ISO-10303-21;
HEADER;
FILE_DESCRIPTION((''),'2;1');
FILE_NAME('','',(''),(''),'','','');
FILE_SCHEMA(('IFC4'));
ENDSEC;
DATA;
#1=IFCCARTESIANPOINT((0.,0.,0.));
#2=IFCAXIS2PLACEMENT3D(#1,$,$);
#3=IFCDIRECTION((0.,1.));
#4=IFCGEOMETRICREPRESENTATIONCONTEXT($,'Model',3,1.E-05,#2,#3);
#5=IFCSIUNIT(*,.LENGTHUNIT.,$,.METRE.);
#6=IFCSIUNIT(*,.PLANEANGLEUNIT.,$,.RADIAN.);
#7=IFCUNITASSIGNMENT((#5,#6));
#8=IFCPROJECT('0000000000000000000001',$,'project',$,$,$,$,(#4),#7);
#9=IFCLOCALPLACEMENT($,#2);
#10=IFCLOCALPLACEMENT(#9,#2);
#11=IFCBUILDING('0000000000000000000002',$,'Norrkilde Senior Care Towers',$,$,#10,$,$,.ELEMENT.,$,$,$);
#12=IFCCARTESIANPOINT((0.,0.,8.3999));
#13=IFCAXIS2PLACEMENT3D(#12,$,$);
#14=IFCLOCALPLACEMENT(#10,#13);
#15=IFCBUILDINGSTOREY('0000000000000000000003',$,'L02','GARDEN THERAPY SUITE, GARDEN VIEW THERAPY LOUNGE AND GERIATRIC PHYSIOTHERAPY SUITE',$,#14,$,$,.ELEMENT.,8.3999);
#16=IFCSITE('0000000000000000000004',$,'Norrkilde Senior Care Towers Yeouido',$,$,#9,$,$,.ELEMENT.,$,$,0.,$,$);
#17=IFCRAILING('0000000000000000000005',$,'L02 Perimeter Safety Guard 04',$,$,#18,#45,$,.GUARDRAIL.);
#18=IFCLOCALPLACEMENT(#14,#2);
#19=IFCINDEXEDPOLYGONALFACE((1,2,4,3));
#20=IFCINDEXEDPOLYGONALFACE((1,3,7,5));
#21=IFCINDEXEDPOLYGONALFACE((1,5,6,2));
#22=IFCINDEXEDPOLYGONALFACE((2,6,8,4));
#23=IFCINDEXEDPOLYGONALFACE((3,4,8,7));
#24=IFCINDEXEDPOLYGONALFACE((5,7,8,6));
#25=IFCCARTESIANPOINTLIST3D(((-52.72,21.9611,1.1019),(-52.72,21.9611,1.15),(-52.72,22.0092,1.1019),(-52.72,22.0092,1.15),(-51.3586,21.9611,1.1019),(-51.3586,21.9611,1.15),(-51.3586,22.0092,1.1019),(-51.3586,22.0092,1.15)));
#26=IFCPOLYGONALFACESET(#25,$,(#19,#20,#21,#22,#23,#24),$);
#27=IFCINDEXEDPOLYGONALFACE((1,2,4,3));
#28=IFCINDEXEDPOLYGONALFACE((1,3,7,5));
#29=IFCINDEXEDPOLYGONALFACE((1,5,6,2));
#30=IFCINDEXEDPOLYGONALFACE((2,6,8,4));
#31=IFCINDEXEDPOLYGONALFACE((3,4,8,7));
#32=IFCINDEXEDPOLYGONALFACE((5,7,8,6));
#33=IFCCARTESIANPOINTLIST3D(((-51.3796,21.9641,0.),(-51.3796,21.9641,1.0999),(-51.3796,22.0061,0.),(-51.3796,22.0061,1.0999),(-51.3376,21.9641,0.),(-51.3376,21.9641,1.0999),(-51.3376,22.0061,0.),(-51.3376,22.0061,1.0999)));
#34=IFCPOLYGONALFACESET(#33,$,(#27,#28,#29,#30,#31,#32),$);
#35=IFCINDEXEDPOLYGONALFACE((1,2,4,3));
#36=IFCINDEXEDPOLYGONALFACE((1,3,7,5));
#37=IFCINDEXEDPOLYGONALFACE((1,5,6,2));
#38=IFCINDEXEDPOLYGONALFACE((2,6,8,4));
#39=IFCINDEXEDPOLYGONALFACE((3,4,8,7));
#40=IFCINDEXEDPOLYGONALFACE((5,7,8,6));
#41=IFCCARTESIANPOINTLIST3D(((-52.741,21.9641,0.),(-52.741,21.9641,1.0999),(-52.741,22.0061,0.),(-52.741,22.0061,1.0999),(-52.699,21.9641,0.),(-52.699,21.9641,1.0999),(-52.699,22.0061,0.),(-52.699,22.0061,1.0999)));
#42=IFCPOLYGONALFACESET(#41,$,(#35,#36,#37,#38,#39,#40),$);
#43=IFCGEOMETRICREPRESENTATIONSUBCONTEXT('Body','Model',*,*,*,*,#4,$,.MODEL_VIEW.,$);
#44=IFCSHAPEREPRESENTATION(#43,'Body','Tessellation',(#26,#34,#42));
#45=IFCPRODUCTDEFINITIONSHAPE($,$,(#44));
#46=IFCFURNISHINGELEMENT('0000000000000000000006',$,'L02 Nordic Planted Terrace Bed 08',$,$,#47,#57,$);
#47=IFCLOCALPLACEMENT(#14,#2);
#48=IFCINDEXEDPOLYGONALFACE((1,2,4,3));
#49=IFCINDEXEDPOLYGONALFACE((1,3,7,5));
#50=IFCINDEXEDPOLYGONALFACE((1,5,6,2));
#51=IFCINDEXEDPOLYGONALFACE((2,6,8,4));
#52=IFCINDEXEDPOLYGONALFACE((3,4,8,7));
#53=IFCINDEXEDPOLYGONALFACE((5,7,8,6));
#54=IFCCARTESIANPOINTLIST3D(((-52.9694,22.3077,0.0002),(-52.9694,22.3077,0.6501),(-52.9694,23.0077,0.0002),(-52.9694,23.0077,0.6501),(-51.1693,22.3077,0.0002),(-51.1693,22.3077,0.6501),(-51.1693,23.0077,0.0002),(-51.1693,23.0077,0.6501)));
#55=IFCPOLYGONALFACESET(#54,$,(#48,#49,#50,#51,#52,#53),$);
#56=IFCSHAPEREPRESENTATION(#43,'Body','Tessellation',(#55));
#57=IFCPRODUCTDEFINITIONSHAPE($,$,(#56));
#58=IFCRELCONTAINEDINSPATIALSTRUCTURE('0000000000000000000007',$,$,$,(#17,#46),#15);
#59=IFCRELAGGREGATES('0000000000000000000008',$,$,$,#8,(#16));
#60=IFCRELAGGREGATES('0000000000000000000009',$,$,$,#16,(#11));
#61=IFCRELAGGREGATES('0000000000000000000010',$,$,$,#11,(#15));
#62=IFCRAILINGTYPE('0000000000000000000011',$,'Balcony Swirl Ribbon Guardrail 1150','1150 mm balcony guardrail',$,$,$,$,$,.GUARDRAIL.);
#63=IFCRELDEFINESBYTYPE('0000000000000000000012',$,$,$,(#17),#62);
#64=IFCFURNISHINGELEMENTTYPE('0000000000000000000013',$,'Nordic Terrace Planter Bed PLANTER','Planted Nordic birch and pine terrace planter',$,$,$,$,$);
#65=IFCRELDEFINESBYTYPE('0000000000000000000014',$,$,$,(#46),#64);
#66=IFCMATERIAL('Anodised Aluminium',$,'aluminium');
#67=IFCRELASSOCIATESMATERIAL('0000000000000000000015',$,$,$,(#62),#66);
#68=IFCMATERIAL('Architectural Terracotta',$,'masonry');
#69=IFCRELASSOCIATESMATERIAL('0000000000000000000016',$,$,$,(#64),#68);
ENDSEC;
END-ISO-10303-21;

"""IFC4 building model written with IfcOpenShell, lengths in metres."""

from ifc_helpers import new_model, si_unit, direction, frame, origin, origin_2d, place, context, subcontext, project, spatial, rectangle, extrude, source, transform, mapped, material, type_object, type_shapes, element, save


model = new_model("IFC4")

# Units and contexts
model_context = context("Model", 3, precision=1e-05, world=origin(), true_north=direction((0.0, 1.0)))
body_context = subcontext(model_context, "Body", "Model", "MODEL_VIEW")
ifc_project = project(units=[si_unit("LENGTHUNIT", "METRE"), si_unit("PLANEANGLEUNIT", "RADIAN")], contexts=[model_context])

# Site, building, storey
site_placement = place(None, origin())
site = spatial("IfcSite", under=ifc_project, at=site_placement, Name="Norrkilde Senior Care Towers Yeouido", CompositionType="ELEMENT", RefElevation=0.0)
building_placement = place(site_placement, origin())
building = spatial("IfcBuilding", under=site, at=building_placement, Name="Norrkilde Senior Care Towers", CompositionType="ELEMENT")
storey_placement = place(building_placement, frame((0.0, 0.0, 8.3999)))
storey = spatial("IfcBuildingStorey", under=building, at=storey_placement, Name="L02", Description="GARDEN THERAPY SUITE, GARDEN VIEW THERAPY LOUNGE AND GERIATRIC PHYSIOTHERAPY SUITE", CompositionType="ELEMENT", Elevation=8.3999)

# Shared definitions
ifc_material_1 = material(Name="Anodised Aluminium", Category="aluminium")

# Railing
railing_type = type_object("IfcRailingType", Name="Balcony Swirl Ribbon Guardrail 1150", Description="1150 mm balcony guardrail", PredefinedType="GUARDRAIL", material=ifc_material_1)
railing_1_placement = place(storey_placement, frame((-51.3586, 21.9851, 0.0)))
element("IfcRailing", 1, at=railing_1_placement, inside=storey, type_object=railing_type, Name="L02 Perimeter Safety Guard 04", PredefinedType="GUARDRAIL", context=body_context, shape_type="SweptSolid", body=[
    extrude(rectangle(XDim=0.0481, YDim=0.0481, at=origin_2d()), frame((0.0, 0.0, 1.126), z_axis=(-1.0, 0.0, 0.0), x_axis=(0.0, -1.0, 0.0)), (0.0, 0.0, 1.0), 1.3613),
    extrude(rectangle(XDim=0.042, YDim=0.042, at=origin_2d()), origin(), (0.0, 0.0, 1.0), 1.0999),
    extrude(rectangle(XDim=0.042, YDim=0.042, at=origin_2d()), frame((-1.3613, 0.0, 0.0)), (0.0, 0.0, 1.0), 1.0999),
])

# Furnishing element
ifc_material_2 = material(Name="Architectural Terracotta", Category="masonry")
furnishing_element_type = type_object("IfcFurnishingElementType", Name="Nordic Terrace Planter Bed PLANTER", Description="Planted Nordic birch and pine terrace planter", material=ifc_material_2)
shared_shape_1 = source(origin(), body_context, "Body", "SweptSolid", [
    extrude(rectangle(XDim=1.8, YDim=0.7, at=origin_2d()), origin(), (0.0, 0.0, 1.0), 0.6499),
])
type_shapes(furnishing_element_type, [shared_shape_1])
furnishing_placement = place(storey_placement, frame((-52.0693, 22.6577, 0.0002), z_axis=(0.0, 0.0, 1.0), x_axis=(1.0, 0.0, 0.0)))
element("IfcFurnishingElement", 2, at=furnishing_placement, inside=storey, type_object=furnishing_element_type, Name="L02 Nordic Planted Terrace Bed 08", context=body_context, shape_type="MappedRepresentation", body=[
    mapped(shared_shape_1, transform((0.0, 0.0, 0.0), x_axis=(1.0, 0.0, 0.0), y_axis=(0.0, 1.0, 0.0), z_axis=(0.0, 0.0, 1.0), scale=1.0)),
])

save(model, "model.ifc")
